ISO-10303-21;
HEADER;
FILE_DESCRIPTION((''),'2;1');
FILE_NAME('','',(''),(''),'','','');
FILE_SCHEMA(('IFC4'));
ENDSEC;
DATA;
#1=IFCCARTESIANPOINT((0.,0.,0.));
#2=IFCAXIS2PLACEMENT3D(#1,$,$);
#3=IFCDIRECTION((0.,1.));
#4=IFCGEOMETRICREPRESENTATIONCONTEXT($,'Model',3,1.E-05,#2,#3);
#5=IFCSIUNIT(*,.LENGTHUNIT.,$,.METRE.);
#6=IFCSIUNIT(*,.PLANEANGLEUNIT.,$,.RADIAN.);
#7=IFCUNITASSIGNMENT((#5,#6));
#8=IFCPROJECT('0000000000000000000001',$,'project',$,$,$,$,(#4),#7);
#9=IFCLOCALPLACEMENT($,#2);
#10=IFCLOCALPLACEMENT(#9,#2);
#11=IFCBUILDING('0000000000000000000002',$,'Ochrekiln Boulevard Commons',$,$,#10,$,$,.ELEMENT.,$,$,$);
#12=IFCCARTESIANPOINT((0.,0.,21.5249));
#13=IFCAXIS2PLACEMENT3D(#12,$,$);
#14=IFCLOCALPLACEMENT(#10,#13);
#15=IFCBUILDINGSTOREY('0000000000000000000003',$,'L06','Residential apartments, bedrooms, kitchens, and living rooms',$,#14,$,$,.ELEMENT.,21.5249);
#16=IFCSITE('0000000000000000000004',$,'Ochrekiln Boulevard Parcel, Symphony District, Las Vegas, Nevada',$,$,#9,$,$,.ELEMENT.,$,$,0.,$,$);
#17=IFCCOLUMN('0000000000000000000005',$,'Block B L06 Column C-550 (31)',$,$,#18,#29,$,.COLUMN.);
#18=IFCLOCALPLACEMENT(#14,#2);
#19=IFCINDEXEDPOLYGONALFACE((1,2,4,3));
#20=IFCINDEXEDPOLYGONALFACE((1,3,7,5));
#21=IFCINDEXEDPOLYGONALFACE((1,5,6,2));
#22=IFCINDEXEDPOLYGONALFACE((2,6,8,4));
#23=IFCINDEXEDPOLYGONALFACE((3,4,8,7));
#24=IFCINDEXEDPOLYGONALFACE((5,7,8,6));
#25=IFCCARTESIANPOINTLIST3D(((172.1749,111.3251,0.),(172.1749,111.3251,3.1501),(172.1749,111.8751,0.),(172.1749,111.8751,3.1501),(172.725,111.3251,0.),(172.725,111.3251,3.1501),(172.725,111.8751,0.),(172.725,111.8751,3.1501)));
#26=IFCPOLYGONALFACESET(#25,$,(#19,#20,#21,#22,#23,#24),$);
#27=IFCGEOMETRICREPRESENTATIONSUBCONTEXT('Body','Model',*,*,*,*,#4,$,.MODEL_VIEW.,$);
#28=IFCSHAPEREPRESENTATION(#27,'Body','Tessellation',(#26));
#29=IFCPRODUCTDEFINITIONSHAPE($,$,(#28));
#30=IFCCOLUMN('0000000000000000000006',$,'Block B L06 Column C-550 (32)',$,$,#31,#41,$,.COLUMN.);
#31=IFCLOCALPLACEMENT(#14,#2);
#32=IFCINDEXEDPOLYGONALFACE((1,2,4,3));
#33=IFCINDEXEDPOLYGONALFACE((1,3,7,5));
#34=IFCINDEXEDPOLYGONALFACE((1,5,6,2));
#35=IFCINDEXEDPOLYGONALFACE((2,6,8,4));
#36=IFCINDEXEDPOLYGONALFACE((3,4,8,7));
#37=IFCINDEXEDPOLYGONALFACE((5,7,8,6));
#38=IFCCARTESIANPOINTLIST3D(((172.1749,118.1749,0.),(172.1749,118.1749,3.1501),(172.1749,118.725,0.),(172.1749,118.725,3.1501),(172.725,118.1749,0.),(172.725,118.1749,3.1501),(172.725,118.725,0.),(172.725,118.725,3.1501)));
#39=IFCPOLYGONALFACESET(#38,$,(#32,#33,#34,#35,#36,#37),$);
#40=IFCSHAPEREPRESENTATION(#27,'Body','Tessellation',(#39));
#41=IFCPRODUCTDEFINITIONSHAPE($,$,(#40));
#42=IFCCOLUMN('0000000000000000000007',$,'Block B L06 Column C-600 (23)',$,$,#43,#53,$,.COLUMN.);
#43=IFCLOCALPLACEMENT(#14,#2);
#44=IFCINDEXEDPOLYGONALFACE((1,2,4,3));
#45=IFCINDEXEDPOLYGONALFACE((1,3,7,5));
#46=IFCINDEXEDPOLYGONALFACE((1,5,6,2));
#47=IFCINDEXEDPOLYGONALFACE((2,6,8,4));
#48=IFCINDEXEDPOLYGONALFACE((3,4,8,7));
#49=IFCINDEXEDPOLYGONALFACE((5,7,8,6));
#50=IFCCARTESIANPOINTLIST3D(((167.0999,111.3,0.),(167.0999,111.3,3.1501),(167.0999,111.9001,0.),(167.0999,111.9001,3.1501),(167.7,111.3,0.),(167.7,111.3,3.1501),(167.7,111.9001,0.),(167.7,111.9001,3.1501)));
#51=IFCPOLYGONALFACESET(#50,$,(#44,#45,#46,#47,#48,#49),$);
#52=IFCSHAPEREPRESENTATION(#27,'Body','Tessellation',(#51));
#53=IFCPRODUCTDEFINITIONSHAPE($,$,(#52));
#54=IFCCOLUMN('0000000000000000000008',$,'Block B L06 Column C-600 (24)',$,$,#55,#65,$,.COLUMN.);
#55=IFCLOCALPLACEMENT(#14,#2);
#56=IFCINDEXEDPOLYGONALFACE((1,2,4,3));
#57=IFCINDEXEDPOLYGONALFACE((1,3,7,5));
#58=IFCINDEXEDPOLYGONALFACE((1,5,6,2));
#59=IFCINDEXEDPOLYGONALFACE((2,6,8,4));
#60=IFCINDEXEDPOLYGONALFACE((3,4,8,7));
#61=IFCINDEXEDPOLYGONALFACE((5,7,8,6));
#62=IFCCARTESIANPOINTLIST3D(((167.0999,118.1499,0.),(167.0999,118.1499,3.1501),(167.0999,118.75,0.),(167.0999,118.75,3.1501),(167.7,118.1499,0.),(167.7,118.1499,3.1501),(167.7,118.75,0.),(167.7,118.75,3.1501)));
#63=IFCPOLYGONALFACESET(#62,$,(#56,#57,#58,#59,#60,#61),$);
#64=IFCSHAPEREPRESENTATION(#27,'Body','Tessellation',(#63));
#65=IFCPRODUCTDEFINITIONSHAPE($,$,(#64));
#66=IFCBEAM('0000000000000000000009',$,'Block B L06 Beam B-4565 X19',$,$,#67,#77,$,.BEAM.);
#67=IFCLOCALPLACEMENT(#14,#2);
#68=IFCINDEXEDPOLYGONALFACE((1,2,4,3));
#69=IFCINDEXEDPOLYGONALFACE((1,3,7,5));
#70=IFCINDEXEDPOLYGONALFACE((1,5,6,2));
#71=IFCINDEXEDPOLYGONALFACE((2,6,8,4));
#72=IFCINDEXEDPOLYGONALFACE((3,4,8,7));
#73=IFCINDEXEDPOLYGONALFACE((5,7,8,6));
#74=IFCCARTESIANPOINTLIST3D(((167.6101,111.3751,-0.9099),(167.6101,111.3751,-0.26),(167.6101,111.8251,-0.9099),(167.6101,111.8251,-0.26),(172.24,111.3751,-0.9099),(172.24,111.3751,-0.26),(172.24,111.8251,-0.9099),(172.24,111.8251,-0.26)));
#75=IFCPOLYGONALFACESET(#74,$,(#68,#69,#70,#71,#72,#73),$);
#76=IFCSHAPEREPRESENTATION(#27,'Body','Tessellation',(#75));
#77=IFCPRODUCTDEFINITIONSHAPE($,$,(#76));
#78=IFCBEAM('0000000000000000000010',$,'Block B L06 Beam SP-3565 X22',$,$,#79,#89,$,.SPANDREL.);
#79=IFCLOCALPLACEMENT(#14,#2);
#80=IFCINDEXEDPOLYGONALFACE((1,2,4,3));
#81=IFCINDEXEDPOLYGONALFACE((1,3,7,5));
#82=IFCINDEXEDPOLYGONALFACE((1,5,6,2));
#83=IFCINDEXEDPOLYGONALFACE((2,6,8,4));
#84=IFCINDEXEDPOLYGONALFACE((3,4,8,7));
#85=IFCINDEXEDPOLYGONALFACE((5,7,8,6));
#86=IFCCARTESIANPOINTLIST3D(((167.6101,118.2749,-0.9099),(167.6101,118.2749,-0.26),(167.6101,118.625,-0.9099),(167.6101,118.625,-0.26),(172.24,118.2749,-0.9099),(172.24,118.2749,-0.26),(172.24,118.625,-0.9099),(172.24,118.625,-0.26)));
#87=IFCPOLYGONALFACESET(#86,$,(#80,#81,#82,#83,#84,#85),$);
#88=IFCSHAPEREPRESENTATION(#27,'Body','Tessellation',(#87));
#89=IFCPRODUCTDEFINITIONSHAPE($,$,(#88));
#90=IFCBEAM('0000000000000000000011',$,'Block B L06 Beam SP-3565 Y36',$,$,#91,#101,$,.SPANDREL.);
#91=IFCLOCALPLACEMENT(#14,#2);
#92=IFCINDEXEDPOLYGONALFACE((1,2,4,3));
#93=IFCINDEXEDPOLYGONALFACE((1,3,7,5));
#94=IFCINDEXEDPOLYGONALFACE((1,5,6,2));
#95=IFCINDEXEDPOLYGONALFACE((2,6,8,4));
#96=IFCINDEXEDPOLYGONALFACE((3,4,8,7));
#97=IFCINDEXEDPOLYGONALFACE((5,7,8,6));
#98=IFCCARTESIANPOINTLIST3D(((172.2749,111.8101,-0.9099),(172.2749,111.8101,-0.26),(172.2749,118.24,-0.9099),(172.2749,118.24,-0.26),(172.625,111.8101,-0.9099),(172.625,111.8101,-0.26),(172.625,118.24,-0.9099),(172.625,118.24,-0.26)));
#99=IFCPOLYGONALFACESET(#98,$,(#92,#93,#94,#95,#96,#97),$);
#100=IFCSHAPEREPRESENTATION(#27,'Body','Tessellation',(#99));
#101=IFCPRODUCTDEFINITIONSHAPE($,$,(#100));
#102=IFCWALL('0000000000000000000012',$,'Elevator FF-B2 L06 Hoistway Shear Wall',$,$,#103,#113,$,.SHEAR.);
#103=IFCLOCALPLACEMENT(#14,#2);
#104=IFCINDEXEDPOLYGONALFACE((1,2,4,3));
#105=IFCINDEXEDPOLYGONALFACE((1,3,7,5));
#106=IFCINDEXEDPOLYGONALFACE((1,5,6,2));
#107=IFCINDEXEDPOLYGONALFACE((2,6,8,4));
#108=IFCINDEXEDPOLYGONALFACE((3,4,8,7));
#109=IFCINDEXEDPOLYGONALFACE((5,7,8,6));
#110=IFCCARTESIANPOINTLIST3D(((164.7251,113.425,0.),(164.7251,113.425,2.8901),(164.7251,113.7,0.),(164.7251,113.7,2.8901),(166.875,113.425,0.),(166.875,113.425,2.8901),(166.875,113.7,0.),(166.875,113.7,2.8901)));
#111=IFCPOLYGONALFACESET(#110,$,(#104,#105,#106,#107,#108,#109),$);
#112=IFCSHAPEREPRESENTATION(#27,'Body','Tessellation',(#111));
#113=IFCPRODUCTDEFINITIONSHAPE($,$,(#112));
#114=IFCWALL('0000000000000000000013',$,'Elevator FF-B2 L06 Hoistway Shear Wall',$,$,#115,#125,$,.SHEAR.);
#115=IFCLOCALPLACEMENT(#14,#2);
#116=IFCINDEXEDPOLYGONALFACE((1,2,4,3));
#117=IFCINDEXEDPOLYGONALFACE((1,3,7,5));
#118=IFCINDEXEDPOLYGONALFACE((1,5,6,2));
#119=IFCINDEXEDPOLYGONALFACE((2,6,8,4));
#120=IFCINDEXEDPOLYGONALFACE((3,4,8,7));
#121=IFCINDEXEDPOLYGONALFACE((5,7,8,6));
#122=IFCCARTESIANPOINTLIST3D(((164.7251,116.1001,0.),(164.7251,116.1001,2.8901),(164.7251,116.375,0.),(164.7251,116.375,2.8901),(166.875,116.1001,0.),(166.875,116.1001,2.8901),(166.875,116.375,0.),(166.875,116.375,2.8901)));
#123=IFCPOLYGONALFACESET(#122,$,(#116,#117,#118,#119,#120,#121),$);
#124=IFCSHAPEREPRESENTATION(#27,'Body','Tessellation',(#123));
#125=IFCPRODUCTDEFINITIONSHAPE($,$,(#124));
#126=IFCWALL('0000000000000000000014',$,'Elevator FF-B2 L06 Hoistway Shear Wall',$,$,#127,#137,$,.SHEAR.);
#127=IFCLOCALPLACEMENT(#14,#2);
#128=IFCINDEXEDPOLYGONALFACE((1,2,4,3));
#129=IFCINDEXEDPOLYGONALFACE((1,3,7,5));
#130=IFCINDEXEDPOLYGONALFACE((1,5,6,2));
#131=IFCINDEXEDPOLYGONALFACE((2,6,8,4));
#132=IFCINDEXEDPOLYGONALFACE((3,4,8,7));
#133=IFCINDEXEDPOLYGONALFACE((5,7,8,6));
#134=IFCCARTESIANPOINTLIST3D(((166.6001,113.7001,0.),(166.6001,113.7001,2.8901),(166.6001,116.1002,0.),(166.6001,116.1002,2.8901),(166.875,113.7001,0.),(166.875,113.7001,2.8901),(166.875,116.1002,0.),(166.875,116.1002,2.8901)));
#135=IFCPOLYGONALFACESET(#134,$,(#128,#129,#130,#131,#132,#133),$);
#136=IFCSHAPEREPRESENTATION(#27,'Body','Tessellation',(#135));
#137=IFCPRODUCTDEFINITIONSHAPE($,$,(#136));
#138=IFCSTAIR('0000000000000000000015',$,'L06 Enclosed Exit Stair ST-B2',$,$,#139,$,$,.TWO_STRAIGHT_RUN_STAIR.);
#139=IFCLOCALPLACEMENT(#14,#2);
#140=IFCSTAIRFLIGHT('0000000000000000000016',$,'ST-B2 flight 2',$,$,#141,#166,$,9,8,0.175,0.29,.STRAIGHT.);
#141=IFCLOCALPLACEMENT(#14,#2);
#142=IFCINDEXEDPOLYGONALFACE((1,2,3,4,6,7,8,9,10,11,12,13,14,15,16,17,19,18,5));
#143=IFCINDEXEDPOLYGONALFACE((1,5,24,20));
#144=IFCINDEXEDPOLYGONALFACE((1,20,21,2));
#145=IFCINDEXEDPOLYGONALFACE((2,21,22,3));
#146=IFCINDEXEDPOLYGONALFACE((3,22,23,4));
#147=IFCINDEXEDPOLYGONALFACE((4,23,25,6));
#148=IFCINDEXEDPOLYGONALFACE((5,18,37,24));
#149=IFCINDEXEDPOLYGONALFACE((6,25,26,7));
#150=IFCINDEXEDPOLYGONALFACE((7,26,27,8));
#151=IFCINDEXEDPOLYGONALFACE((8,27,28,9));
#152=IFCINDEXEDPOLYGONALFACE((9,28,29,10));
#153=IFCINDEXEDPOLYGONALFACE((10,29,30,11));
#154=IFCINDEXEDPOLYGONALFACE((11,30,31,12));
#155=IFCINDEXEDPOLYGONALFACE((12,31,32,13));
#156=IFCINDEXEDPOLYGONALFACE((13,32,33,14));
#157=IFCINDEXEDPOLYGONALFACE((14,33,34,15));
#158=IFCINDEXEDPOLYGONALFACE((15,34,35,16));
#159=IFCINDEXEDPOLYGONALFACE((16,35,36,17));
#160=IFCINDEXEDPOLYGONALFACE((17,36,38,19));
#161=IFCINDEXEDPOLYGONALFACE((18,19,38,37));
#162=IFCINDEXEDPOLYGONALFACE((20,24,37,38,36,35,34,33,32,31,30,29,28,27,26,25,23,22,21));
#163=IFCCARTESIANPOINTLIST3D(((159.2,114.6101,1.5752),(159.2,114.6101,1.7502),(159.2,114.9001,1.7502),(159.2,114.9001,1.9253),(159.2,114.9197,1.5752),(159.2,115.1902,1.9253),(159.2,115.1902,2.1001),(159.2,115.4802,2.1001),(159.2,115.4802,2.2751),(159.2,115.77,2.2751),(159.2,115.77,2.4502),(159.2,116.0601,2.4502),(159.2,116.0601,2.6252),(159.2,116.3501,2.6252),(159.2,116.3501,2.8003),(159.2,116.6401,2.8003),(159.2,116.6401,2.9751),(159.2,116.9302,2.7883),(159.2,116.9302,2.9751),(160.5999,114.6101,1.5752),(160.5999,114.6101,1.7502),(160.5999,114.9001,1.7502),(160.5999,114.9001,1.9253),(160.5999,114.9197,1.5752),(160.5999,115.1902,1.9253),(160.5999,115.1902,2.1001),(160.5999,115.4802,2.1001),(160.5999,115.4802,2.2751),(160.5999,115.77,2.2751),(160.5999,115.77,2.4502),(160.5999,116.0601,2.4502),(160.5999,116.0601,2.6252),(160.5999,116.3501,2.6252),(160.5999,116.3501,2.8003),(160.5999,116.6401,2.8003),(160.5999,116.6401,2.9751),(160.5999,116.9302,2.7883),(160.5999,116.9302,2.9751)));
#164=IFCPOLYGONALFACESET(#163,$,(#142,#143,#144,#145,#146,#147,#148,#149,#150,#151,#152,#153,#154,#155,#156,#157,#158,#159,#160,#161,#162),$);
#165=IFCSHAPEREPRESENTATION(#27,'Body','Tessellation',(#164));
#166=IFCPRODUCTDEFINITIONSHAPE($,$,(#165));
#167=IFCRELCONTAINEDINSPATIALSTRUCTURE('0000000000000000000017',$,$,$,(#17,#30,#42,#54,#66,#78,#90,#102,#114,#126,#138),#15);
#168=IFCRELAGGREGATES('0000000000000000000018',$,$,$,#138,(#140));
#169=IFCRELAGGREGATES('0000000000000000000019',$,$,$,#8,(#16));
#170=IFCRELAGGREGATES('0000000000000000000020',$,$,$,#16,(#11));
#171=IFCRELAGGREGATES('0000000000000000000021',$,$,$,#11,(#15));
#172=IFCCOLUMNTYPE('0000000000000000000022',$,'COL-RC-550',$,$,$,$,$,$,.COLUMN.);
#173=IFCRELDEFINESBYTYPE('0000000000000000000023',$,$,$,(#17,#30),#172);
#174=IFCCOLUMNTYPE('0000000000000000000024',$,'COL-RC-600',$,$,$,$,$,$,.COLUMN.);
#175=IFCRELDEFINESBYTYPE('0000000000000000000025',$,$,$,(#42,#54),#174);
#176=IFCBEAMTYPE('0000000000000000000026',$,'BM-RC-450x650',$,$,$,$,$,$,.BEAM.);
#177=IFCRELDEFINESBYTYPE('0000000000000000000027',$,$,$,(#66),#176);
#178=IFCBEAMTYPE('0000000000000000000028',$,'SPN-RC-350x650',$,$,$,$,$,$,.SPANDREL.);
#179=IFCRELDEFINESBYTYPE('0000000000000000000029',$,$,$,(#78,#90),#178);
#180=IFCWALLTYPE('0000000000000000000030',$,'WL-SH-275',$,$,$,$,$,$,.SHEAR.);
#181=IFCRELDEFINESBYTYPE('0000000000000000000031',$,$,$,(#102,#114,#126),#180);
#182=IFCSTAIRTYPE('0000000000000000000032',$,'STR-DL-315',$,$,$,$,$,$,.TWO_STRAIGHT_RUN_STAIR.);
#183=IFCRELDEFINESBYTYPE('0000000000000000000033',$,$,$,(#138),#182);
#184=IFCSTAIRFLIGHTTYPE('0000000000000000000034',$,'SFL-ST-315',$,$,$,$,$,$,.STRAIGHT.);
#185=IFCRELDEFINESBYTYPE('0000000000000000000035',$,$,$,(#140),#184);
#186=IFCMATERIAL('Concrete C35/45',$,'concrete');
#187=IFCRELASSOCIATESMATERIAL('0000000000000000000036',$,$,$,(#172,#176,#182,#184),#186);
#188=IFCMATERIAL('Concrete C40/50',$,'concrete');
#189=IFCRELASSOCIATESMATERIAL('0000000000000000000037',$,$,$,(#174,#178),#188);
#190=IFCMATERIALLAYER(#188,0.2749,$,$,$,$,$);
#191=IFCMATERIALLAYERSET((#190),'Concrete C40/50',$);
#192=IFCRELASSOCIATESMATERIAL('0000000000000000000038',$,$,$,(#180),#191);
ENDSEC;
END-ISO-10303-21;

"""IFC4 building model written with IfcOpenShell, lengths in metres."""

from ifc_helpers import new_model, si_unit, direction, frame, frame_2d, origin, origin_2d, place, context, subcontext, project, spatial, polyline, rectangle, outline, extrude, material, layer, layer_set, material_profile, profile_set, type_object, element, aggregate, save


model = new_model("IFC4")

# Units and contexts
model_context = context("Model", 3, precision=1e-05, world=origin(), true_north=direction((0.0, 1.0)))
body_context = subcontext(model_context, "Body", "Model", "MODEL_VIEW")
ifc_project = project(units=[si_unit("LENGTHUNIT", "METRE"), si_unit("PLANEANGLEUNIT", "RADIAN")], contexts=[model_context])

# Site, building, storey
site_placement = place(None, origin())
site = spatial("IfcSite", under=ifc_project, at=site_placement, Name="Ochrekiln Boulevard Parcel, Symphony District, Las Vegas, Nevada", CompositionType="ELEMENT", RefElevation=0.0)
building_placement = place(site_placement, origin())
building = spatial("IfcBuilding", under=site, at=building_placement, Name="Ochrekiln Boulevard Commons", CompositionType="ELEMENT")
storey_placement = place(building_placement, frame((0.0, 0.0, 21.5249)))
storey = spatial("IfcBuildingStorey", under=building, at=storey_placement, Name="L06", Description="Residential apartments, bedrooms, kitchens, and living rooms", CompositionType="ELEMENT", Elevation=21.5249)

# Columns
ifc_material_1 = material(Name="Concrete C35/45", Category="concrete")
ifc_material_profile_1 = material_profile(ifc_material_1, rectangle(XDim=0.55, YDim=0.55, at=origin_2d()), Name="RC-COL-550x550")
ifc_profile_set_1 = profile_set([ifc_material_profile_1], Name="Concrete C35/45")
column_type_1 = type_object("IfcColumnType", Name="COL-RC-550", PredefinedType="COLUMN", material=ifc_profile_set_1)
for number, where, z_axis, x_axis, name in (
    (1, (172.45, 111.6001, 0.0), (0.0, 0.0, 1.0), (1.0, 0.0, 0.0), "Block B L06 Column C-550 (31)"),
    (2, (172.45, 118.45, 0.0), (0.0, 0.0, 1.0), (1.0, 0.0, 0.0), "Block B L06 Column C-550 (32)"),
):
    element("IfcColumn", number, at=place(storey_placement, frame(where, z_axis=z_axis, x_axis=x_axis)), inside=storey, type_object=column_type_1, Name=name, PredefinedType="COLUMN", context=body_context, shape_type="SweptSolid", body=[
        extrude(rectangle(XDim=0.55, YDim=0.55, at=origin_2d()), origin(), (0.0, 0.0, 1.0), 3.1501),
    ])
ifc_material_2 = material(Name="Concrete C40/50", Category="concrete")
ifc_material_profile_2 = material_profile(ifc_material_2, rectangle(XDim=0.6001, YDim=0.6001, at=origin_2d()), Name="RC-COL-600x600")
ifc_profile_set_2 = profile_set([ifc_material_profile_2], Name="Concrete C40/50")
column_type_2 = type_object("IfcColumnType", Name="COL-RC-600", PredefinedType="COLUMN", material=ifc_profile_set_2)
for number, where, z_axis, x_axis, name in (
    (3, (167.3999, 111.6001, 0.0), (0.0, 0.0, 1.0), (1.0, 0.0, 0.0), "Block B L06 Column C-600 (23)"),
    (4, (167.3999, 118.45, 0.0), (0.0, 0.0, 1.0), (1.0, 0.0, 0.0), "Block B L06 Column C-600 (24)"),
):
    element("IfcColumn", number, at=place(storey_placement, frame(where, z_axis=z_axis, x_axis=x_axis)), inside=storey, type_object=column_type_2, Name=name, PredefinedType="COLUMN", context=body_context, shape_type="SweptSolid", body=[
        extrude(rectangle(XDim=0.6001, YDim=0.6001, at=origin_2d()), origin(), (0.0, 0.0, 1.0), 3.1501),
    ])

# Beams
ifc_material_profile_3 = material_profile(ifc_material_1, rectangle(XDim=0.45, YDim=0.6499, at=origin_2d()), Name="RC-BM-450x650")
ifc_profile_set_3 = profile_set([ifc_material_profile_3], Name="Concrete C35/45")
beam_type_1 = type_object("IfcBeamType", Name="BM-RC-450x650", PredefinedType="BEAM", material=ifc_profile_set_3)
beam_1_placement = place(storey_placement, frame((167.6101, 111.6001, -0.585), z_axis=(1.0, 0.0, 0.0), x_axis=(0.0, 1.0, 0.0)))
element("IfcBeam", 5, at=beam_1_placement, inside=storey, type_object=beam_type_1, Name="Block B L06 Beam B-4565 X19", PredefinedType="BEAM", context=body_context, shape_type="SweptSolid", body=[
    extrude(rectangle(XDim=0.45, YDim=0.6499, at=origin_2d()), origin(), (0.0, 0.0, 1.0), 4.6299),
])
ifc_material_profile_4 = material_profile(ifc_material_2, rectangle(XDim=0.3501, YDim=0.6499, at=origin_2d()), Name="RC-SPN-350x650")
ifc_profile_set_4 = profile_set([ifc_material_profile_4], Name="Concrete C40/50")
beam_type_2 = type_object("IfcBeamType", Name="SPN-RC-350x650", PredefinedType="SPANDREL", material=ifc_profile_set_4)
beam_2_placement = place(storey_placement, frame((167.6101, 118.45, -0.585), z_axis=(1.0, 0.0, 0.0), x_axis=(0.0, 1.0, 0.0)))
element("IfcBeam", 6, at=beam_2_placement, inside=storey, type_object=beam_type_2, Name="Block B L06 Beam SP-3565 X22", PredefinedType="SPANDREL", context=body_context, shape_type="SweptSolid", body=[
    extrude(rectangle(XDim=0.3501, YDim=0.6499, at=origin_2d()), origin(), (0.0, 0.0, 1.0), 4.6299),
])
beam_3_placement = place(storey_placement, frame((172.45, 111.8101, -0.585), z_axis=(0.0, 1.0, 0.0), x_axis=(-1.0, 0.0, 0.0)))
element("IfcBeam", 7, at=beam_3_placement, inside=storey, type_object=beam_type_2, Name="Block B L06 Beam SP-3565 Y36", PredefinedType="SPANDREL", context=body_context, shape_type="SweptSolid", body=[
    extrude(rectangle(XDim=0.3501, YDim=0.6499, at=origin_2d()), origin(), (0.0, 0.0, 1.0), 6.4299),
])

# Walls
ifc_layer_1 = layer(ifc_material_2, 0.2749)
ifc_layer_set_1 = layer_set([ifc_layer_1], Name="Concrete C40/50")
wall_type_1 = type_object("IfcWallType", Name="WL-SH-275", PredefinedType="SHEAR", material=ifc_layer_set_1)
for number, where, z_axis, x_axis, name in (
    (8, (164.7251, 113.5625, 0.0), (0.0, 0.0, 1.0), (1.0, 0.0, 0.0), "Elevator FF-B2 L06 Hoistway Shear Wall"),
    (9, (164.7251, 116.2375, 0.0), (0.0, 0.0, 1.0), (1.0, 0.0, 0.0), "Elevator FF-B2 L06 Hoistway Shear Wall"),
):
    element("IfcWall", number, at=place(storey_placement, frame(where, z_axis=z_axis, x_axis=x_axis)), inside=storey, type_object=wall_type_1, Name=name, PredefinedType="SHEAR", context=body_context, shape_type="SweptSolid", body=[
        extrude(rectangle(XDim=2.1499, YDim=0.2749, at=frame_2d((1.075, 0.0))), origin(), (0.0, 0.0, 1.0), 2.8901),
    ])

# Wall
wall_1_placement = place(storey_placement, frame((166.7375, 113.7, 0.0), z_axis=(0.0, 0.0, 1.0), x_axis=(0.0, 1.0, 0.0)))
element("IfcWall", 10, at=wall_1_placement, inside=storey, type_object=wall_type_1, Name="Elevator FF-B2 L06 Hoistway Shear Wall", PredefinedType="SHEAR", context=body_context, shape_type="SweptSolid", body=[
    extrude(rectangle(XDim=2.4001, YDim=0.2749, at=frame_2d((1.2002, 0.0))), origin(), (0.0, 0.0, 1.0), 2.8901),
])

# Stair, stair flight
stair_type = type_object("IfcStairType", Name="STR-DL-315", PredefinedType="TWO_STRAIGHT_RUN_STAIR", material=ifc_material_1)
stair_placement = place(storey_placement, origin())
stair = element("IfcStair", 11, at=stair_placement, inside=storey, type_object=stair_type, Name="L06 Enclosed Exit Stair ST-B2", PredefinedType="TWO_STRAIGHT_RUN_STAIR")
stair_flight_type = type_object("IfcStairFlightType", Name="SFL-ST-315", PredefinedType="STRAIGHT", material=ifc_material_1)
stair_flight_placement = place(storey_placement, frame((159.8999, 114.6101, 1.5752), z_axis=(0.0, 0.0, 1.0), x_axis=(0.0, 1.0, 0.0)))
stair_flight = element("IfcStairFlight", 12, at=stair_flight_placement, type_object=stair_flight_type, Name="ST-B2 flight 2", NumberOfRisers=9, NumberOfTreads=8, PredefinedType="STRAIGHT", RiserHeight=0.175, TreadLength=0.29, context=body_context, shape_type="SweptSolid", body=[
    extrude(outline(polyline([(0.0, 0.0), (0.0, 0.175), (0.29, 0.175), (0.29, 0.3501), (0.5801, 0.3501), (0.5801, 0.5249), (0.8701, 0.5249), (0.8701, 0.7), (1.1599, 0.7), (1.1599, 0.875), (1.45, 0.875), (1.45, 1.05), (1.74, 1.05), (1.74, 1.2251), (2.03, 1.2251), (2.03, 1.3999), (2.3201, 1.3999), (2.3201, 1.575), (2.3201, 1.2131), (0.3096, 0.0), (0.0, 0.0)])), frame((0.0, 0.7, 0.0), z_axis=(0.0, -1.0, 0.0), x_axis=(1.0, 0.0, 0.0)), (0.0, 0.0, 1.0), 1.3999),
])
aggregate(stair, [stair_flight])

save(model, "model.ifc")
